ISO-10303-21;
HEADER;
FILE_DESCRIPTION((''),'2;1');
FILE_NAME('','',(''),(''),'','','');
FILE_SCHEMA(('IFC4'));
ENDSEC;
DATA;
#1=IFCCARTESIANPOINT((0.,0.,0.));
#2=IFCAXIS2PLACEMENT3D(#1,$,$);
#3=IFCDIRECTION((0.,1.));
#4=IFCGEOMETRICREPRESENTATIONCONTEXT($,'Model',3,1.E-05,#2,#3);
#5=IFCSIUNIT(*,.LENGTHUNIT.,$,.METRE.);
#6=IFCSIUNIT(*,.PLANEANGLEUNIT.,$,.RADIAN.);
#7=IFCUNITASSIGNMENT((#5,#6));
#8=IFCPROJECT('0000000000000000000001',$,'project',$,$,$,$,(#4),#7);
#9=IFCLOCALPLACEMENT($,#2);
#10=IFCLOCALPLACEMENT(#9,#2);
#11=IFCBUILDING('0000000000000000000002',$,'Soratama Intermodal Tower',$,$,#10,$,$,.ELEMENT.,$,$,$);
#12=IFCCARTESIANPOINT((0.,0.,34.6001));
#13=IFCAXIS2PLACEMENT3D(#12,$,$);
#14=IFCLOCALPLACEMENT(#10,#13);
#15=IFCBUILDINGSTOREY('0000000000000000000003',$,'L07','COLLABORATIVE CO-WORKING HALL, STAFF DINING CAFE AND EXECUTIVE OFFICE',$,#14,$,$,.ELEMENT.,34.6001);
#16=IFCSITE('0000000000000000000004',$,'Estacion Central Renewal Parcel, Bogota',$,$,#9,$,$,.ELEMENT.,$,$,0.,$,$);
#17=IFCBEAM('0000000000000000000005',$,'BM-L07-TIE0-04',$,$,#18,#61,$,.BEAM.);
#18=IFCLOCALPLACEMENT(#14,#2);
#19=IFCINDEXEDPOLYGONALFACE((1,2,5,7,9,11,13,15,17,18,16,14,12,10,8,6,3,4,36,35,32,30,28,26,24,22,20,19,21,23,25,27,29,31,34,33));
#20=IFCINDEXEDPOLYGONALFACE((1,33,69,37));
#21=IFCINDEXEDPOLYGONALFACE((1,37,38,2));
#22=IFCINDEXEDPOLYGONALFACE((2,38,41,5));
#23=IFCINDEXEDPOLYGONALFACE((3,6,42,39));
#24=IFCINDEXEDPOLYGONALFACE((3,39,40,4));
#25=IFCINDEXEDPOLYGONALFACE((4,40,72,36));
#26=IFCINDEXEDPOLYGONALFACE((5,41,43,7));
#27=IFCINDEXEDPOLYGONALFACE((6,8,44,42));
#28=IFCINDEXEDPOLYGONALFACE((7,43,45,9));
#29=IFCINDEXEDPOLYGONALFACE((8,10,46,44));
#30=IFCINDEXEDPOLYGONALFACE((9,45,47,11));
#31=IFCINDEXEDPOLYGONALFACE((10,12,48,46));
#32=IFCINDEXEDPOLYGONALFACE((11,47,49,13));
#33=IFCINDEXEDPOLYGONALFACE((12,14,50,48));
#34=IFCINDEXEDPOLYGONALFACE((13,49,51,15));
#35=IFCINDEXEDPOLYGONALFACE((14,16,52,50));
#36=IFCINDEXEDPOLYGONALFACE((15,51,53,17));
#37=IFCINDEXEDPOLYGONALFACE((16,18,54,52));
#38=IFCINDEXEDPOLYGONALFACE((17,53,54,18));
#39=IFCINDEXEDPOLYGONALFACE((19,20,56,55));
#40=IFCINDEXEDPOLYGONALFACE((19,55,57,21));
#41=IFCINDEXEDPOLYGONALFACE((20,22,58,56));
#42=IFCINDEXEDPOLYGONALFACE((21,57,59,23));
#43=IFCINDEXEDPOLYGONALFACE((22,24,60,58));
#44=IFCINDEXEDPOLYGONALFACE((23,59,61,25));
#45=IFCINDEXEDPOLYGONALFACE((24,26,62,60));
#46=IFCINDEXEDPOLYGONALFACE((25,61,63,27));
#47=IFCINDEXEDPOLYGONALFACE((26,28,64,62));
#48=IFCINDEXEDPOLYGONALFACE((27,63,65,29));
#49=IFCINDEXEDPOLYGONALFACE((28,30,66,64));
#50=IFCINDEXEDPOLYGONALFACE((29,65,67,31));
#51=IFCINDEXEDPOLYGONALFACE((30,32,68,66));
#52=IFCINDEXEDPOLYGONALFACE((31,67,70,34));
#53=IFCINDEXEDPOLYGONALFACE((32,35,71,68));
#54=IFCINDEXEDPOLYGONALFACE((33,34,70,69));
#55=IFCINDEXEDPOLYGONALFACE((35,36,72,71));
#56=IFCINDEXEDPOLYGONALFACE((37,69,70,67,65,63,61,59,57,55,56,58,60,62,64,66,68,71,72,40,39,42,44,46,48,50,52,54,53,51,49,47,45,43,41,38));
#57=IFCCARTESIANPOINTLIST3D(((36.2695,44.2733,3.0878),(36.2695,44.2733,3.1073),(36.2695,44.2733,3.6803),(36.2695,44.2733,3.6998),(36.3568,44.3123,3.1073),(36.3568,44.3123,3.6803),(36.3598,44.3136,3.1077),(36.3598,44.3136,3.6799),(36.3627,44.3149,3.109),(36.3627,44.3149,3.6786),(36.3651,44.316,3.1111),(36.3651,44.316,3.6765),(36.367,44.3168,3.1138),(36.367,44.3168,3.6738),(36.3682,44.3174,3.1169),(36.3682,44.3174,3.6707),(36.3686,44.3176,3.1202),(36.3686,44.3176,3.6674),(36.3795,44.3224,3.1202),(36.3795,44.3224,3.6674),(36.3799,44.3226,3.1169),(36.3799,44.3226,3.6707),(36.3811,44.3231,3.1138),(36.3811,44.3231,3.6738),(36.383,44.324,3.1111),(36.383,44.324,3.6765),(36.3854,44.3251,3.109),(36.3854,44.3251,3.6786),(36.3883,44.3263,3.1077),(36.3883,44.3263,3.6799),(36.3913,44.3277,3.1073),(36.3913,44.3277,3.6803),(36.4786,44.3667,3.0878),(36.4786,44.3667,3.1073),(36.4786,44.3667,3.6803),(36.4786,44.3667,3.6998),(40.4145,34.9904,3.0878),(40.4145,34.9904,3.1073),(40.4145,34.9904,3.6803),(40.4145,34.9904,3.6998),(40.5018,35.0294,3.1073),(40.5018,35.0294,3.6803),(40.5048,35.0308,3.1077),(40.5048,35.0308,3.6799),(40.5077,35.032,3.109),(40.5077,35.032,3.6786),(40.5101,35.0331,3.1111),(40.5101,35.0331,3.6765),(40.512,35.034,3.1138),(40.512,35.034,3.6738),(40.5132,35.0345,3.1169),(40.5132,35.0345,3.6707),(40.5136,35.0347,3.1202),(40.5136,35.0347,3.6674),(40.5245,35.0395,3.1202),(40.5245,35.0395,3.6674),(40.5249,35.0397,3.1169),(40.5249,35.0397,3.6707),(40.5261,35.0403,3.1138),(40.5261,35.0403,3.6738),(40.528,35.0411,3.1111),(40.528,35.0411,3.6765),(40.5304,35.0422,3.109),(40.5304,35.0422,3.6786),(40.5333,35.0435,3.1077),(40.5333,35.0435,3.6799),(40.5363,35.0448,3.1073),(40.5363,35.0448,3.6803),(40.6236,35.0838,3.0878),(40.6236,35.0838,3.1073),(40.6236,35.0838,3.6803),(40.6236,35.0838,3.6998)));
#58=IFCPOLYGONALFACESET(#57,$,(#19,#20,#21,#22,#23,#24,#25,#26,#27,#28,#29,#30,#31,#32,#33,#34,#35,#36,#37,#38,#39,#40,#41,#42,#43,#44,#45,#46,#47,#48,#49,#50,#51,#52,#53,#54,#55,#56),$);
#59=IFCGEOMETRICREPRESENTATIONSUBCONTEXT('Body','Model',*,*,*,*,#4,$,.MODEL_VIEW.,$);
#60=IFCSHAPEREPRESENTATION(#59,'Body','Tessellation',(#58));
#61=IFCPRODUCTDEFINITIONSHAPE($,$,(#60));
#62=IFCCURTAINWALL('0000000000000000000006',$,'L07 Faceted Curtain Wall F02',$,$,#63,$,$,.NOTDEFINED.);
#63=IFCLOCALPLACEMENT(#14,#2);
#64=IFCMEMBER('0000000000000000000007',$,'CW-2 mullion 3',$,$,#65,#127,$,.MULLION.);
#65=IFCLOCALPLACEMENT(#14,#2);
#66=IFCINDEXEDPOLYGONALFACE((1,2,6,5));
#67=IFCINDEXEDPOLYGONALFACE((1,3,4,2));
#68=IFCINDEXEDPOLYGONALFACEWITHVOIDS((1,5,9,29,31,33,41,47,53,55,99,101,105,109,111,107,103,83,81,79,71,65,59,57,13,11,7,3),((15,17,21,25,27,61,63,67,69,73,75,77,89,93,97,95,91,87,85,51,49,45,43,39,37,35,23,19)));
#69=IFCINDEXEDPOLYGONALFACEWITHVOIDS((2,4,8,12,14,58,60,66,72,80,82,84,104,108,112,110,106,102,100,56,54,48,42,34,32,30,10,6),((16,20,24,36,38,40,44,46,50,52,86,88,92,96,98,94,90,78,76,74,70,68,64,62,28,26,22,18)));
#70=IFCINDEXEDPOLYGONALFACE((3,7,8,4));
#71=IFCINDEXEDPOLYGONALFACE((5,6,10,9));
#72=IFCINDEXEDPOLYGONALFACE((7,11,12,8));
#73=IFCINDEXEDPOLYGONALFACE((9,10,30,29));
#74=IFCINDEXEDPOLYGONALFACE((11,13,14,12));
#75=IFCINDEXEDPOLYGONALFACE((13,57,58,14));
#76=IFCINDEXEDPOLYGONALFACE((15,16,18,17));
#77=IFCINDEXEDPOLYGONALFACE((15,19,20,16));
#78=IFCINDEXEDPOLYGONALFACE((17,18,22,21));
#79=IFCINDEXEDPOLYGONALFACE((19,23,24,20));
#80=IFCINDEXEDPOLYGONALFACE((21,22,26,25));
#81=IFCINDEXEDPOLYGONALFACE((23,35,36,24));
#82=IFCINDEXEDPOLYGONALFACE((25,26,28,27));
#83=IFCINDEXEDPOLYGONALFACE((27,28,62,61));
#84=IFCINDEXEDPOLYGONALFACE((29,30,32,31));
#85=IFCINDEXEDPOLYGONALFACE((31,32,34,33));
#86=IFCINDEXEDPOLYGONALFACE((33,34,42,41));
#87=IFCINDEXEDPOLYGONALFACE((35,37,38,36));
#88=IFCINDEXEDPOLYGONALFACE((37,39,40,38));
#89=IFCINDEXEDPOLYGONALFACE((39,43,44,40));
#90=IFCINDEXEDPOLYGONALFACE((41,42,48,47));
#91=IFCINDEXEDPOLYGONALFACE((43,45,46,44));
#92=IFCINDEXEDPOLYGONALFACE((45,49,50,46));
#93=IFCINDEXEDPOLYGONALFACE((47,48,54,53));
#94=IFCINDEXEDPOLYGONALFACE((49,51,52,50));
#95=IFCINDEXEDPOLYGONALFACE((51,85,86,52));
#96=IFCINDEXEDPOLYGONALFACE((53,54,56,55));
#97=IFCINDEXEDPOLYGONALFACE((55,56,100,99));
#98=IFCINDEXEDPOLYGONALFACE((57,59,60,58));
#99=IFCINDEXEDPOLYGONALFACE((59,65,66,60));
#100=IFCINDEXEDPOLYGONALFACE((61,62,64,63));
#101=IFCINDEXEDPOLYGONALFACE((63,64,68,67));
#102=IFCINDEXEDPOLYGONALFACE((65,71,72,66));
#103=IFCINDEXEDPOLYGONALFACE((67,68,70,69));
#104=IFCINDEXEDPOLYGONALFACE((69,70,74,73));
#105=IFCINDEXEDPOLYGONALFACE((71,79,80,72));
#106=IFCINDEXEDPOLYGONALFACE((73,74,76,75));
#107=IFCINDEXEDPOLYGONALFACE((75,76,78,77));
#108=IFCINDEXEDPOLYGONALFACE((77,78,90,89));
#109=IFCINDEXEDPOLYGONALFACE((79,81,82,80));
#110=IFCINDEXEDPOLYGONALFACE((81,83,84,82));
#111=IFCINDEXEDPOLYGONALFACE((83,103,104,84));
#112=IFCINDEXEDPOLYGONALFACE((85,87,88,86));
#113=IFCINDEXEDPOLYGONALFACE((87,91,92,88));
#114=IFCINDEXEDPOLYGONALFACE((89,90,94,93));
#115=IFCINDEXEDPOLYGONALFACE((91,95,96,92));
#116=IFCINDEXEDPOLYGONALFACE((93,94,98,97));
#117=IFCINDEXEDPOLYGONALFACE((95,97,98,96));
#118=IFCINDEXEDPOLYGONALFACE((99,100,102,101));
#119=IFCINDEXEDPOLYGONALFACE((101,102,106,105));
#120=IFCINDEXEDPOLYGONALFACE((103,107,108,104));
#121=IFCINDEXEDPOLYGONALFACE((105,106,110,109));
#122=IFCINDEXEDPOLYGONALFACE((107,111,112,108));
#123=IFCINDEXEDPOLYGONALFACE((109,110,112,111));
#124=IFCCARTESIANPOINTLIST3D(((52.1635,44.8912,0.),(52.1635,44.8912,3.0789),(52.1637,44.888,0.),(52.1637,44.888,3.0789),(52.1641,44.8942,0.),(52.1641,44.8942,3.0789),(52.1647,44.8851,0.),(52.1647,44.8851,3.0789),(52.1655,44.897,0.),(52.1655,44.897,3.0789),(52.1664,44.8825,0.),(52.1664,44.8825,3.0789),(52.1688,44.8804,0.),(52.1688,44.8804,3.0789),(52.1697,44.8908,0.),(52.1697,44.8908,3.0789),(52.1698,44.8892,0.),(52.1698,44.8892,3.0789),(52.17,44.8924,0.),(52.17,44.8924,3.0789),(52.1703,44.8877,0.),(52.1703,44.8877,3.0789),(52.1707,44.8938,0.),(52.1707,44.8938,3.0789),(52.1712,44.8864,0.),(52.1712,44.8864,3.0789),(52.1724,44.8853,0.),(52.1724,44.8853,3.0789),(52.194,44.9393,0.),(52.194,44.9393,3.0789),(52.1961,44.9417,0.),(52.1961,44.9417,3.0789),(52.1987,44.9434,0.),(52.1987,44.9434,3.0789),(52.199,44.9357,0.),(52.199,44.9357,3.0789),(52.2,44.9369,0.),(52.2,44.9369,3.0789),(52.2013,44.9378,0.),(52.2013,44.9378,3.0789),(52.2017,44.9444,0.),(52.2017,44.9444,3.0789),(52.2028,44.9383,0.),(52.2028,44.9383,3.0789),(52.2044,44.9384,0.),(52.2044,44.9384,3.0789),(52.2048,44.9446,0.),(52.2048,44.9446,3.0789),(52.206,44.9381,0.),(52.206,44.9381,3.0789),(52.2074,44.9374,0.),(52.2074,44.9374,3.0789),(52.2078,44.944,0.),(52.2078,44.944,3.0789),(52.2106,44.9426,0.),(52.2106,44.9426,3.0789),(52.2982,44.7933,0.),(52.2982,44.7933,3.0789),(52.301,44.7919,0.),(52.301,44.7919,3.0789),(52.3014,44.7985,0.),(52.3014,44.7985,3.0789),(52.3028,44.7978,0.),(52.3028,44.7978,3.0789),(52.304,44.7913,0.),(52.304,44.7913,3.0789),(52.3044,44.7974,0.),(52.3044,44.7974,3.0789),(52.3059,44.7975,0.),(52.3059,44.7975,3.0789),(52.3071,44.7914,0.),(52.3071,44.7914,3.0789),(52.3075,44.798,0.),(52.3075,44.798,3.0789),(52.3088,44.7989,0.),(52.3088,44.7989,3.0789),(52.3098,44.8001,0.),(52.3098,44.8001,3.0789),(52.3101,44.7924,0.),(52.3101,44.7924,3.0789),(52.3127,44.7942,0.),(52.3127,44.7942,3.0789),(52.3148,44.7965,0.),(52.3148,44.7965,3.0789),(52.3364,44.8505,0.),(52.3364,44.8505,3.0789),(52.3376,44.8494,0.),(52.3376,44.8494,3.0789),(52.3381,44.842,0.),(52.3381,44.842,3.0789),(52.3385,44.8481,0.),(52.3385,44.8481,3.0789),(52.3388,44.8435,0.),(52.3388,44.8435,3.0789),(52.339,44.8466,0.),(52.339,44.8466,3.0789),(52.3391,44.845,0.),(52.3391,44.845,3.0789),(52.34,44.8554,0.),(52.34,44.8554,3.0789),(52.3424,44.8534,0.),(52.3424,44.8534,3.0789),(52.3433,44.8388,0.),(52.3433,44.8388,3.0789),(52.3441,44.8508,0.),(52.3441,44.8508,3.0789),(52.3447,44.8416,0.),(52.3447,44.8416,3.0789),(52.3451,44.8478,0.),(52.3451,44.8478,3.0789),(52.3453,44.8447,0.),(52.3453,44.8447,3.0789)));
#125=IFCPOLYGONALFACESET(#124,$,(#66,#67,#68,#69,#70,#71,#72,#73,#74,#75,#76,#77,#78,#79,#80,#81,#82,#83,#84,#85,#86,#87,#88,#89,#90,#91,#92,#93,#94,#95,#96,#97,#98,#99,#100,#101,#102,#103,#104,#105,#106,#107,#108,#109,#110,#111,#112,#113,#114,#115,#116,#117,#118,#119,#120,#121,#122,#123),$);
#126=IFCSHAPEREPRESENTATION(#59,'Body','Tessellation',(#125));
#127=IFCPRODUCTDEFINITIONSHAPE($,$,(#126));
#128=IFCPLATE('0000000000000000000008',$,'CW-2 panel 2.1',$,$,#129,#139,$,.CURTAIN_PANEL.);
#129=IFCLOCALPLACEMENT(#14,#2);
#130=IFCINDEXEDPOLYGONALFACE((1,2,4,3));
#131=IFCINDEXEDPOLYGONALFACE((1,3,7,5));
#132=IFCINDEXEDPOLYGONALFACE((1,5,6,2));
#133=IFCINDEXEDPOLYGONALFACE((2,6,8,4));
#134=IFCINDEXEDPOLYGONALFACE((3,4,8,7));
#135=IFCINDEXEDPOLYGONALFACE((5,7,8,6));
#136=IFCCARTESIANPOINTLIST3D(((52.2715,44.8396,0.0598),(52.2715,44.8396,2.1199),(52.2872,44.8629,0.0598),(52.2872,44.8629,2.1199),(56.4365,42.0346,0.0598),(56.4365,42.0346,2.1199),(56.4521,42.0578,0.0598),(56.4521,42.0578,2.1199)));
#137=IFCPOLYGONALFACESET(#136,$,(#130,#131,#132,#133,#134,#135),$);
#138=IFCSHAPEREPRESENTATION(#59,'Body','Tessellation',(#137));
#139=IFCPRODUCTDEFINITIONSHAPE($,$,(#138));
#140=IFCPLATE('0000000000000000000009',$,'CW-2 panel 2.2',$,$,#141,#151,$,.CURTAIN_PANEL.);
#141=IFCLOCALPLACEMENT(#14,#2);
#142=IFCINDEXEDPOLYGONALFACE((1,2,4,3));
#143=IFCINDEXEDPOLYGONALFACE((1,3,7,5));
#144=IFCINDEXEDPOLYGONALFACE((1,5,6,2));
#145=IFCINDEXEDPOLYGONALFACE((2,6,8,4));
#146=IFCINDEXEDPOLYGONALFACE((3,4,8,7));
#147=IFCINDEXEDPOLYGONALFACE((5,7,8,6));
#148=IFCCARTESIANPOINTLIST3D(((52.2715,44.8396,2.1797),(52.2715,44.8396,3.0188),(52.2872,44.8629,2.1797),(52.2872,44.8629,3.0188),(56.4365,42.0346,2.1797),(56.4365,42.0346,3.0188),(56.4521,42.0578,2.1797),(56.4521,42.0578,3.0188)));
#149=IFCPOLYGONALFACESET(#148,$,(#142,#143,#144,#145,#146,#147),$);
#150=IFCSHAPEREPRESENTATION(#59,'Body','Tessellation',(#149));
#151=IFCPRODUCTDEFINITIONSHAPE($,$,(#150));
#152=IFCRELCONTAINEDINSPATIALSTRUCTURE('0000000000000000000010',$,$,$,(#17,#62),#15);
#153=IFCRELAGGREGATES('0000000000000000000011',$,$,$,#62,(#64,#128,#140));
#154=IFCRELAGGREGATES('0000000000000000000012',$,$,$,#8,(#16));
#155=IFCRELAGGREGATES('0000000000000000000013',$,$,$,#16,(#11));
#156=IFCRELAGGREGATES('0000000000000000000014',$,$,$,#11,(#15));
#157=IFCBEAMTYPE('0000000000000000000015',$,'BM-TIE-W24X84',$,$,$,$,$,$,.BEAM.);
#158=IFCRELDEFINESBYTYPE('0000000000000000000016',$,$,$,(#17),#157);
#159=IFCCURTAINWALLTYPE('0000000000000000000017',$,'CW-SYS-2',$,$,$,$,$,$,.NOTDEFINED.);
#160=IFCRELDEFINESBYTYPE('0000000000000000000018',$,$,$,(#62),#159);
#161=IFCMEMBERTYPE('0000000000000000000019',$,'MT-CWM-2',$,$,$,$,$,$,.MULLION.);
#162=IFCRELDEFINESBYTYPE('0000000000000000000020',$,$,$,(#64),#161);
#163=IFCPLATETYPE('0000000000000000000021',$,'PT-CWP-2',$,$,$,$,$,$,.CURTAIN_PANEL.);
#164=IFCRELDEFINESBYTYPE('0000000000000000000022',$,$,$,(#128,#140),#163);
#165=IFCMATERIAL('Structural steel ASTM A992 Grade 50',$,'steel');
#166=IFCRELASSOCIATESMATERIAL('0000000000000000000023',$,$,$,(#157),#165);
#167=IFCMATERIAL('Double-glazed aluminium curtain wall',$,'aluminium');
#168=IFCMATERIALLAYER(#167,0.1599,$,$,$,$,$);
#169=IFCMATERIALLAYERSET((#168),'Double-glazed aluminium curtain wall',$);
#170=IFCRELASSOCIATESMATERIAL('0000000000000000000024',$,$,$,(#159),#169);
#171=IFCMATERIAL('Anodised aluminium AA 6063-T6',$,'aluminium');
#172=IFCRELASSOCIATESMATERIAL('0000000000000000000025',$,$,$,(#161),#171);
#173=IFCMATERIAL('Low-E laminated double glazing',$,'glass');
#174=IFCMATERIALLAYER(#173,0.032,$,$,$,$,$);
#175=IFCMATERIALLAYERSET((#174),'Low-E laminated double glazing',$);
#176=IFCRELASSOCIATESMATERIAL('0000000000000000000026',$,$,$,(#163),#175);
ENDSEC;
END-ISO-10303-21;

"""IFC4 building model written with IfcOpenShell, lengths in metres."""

from ifc_helpers import new_model, si_unit, direction, frame, origin, origin_2d, place, context, subcontext, project, spatial, rectangle, hollow_rectangle, i_section, extrude, material, layer, layer_set, material_profile, profile_set, type_object, element, aggregate, save


model = new_model("IFC4")

# Units and contexts
model_context = context("Model", 3, precision=1e-05, world=origin(), true_north=direction((0.0, 1.0)))
body_context = subcontext(model_context, "Body", "Model", "MODEL_VIEW")
ifc_project = project(units=[si_unit("LENGTHUNIT", "METRE"), si_unit("PLANEANGLEUNIT", "RADIAN")], contexts=[model_context])

# Site, building, storey
site_placement = place(None, origin())
site = spatial("IfcSite", under=ifc_project, at=site_placement, Name="Estacion Central Renewal Parcel, Bogota", CompositionType="ELEMENT", RefElevation=0.0)
building_placement = place(site_placement, origin())
building = spatial("IfcBuilding", under=site, at=building_placement, Name="Soratama Intermodal Tower", CompositionType="ELEMENT")
storey_placement = place(building_placement, frame((0.0, 0.0, 34.6001)))
storey = spatial("IfcBuildingStorey", under=building, at=storey_placement, Name="L07", Description="COLLABORATIVE CO-WORKING HALL, STAFF DINING CAFE AND EXECUTIVE OFFICE", CompositionType="ELEMENT", Elevation=34.6001)

# Beam
ifc_material_1 = material(Name="Structural steel ASTM A992 Grade 50", Category="steel")
ifc_material_profile_1 = material_profile(ifc_material_1, i_section(OverallWidth=0.229, OverallDepth=0.6121, WebThickness=0.012, FlangeThickness=0.0195, FilletRadius=0.0129, at=origin_2d()), Name="W24X84")
ifc_profile_set_1 = profile_set([ifc_material_profile_1], Name="Structural steel ASTM A992 Grade 50")
beam_type_1 = type_object("IfcBeamType", Name="BM-TIE-W24X84", PredefinedType="BEAM", material=ifc_profile_set_1)
beam_1_placement = place(storey_placement, frame((40.519, 35.0371, 3.3938), z_axis=(-0.40772, 0.913107, 0.0), x_axis=(-0.913107, -0.40772, 0.0)))
element("IfcBeam", 1, at=beam_1_placement, inside=storey, type_object=beam_type_1, Name="BM-L07-TIE0-04", PredefinedType="BEAM", context=body_context, shape_type="SweptSolid", body=[
    extrude(i_section(OverallWidth=0.229, OverallDepth=0.6121, WebThickness=0.012, FlangeThickness=0.0195, FilletRadius=0.0129, at=origin_2d()), origin(), (0.0, 0.0, 1.0), 10.1663),
])

# Curtain wall, member, plates
ifc_material_2 = material(Name="Double-glazed aluminium curtain wall", Category="aluminium")
ifc_layer_1 = layer(ifc_material_2, 0.1599)
ifc_layer_set_1 = layer_set([ifc_layer_1], Name="Double-glazed aluminium curtain wall")
curtain_wall_type = type_object("IfcCurtainWallType", Name="CW-SYS-2", PredefinedType="NOTDEFINED", material=ifc_layer_set_1)
curtain_wall_placement = place(storey_placement, origin())
curtain_wall = element("IfcCurtainWall", 2, at=curtain_wall_placement, inside=storey, type_object=curtain_wall_type, Name="L07 Faceted Curtain Wall F02", PredefinedType="NOTDEFINED")
ifc_material_3 = material(Name="Anodised aluminium AA 6063-T6", Category="aluminium")
ifc_material_profile_2 = material_profile(ifc_material_3, hollow_rectangle(XDim=0.075, YDim=0.1799, WallThickness=0.0061, InnerFilletRadius=0.0061, OuterFilletRadius=0.012, at=origin_2d()), Name="CWM180X75X6")
ifc_profile_set_2 = profile_set([ifc_material_profile_2], Name="Anodised aluminium AA 6063-T6")
member_type = type_object("IfcMemberType", Name="MT-CWM-2", PredefinedType="MULLION", material=ifc_profile_set_2)
member_placement = place(storey_placement, frame((52.2544, 44.8679, 0.0), z_axis=(0.0, 0.0, 1.0), x_axis=(-0.558611, -0.82943, 0.0)))
member = element("IfcMember", 3, at=member_placement, type_object=member_type, Name="CW-2 mullion 3", PredefinedType="MULLION", context=body_context, shape_type="SweptSolid", body=[
    extrude(hollow_rectangle(XDim=0.075, YDim=0.1799, WallThickness=0.0061, InnerFilletRadius=0.0061, OuterFilletRadius=0.012, at=origin_2d()), origin(), (0.0, 0.0, 1.0), 3.0789),
])
ifc_material_4 = material(Name="Low-E laminated double glazing", Category="glass")
ifc_layer_2 = layer(ifc_material_4, 0.032)
ifc_layer_set_2 = layer_set([ifc_layer_2], Name="Low-E laminated double glazing")
plate_type = type_object("IfcPlateType", Name="PT-CWP-2", PredefinedType="CURTAIN_PANEL", material=ifc_layer_set_2)
plate_1_placement = place(storey_placement, frame((54.3618, 43.4487, 0.0598), z_axis=(0.0, 0.0, 1.0), x_axis=(-0.82943, 0.558611, 0.0)))
plate_1 = element("IfcPlate", 4, at=plate_1_placement, type_object=plate_type, Name="CW-2 panel 2.1", PredefinedType="CURTAIN_PANEL", context=body_context, shape_type="SweptSolid", body=[
    extrude(rectangle(XDim=5.0215, YDim=0.0281, at=origin_2d()), origin(), (0.0, 0.0, 1.0), 2.0601),
])
plate_2_placement = place(storey_placement, frame((54.3618, 43.4487, 2.1797), z_axis=(0.0, 0.0, 1.0), x_axis=(-0.82943, 0.558611, 0.0)))
plate_2 = element("IfcPlate", 5, at=plate_2_placement, type_object=plate_type, Name="CW-2 panel 2.2", PredefinedType="CURTAIN_PANEL", context=body_context, shape_type="SweptSolid", body=[
    extrude(rectangle(XDim=5.0215, YDim=0.0281, at=origin_2d()), origin(), (0.0, 0.0, 1.0), 0.8391),
])
aggregate(curtain_wall, [member, plate_1, plate_2])

save(model, "model.ifc")
